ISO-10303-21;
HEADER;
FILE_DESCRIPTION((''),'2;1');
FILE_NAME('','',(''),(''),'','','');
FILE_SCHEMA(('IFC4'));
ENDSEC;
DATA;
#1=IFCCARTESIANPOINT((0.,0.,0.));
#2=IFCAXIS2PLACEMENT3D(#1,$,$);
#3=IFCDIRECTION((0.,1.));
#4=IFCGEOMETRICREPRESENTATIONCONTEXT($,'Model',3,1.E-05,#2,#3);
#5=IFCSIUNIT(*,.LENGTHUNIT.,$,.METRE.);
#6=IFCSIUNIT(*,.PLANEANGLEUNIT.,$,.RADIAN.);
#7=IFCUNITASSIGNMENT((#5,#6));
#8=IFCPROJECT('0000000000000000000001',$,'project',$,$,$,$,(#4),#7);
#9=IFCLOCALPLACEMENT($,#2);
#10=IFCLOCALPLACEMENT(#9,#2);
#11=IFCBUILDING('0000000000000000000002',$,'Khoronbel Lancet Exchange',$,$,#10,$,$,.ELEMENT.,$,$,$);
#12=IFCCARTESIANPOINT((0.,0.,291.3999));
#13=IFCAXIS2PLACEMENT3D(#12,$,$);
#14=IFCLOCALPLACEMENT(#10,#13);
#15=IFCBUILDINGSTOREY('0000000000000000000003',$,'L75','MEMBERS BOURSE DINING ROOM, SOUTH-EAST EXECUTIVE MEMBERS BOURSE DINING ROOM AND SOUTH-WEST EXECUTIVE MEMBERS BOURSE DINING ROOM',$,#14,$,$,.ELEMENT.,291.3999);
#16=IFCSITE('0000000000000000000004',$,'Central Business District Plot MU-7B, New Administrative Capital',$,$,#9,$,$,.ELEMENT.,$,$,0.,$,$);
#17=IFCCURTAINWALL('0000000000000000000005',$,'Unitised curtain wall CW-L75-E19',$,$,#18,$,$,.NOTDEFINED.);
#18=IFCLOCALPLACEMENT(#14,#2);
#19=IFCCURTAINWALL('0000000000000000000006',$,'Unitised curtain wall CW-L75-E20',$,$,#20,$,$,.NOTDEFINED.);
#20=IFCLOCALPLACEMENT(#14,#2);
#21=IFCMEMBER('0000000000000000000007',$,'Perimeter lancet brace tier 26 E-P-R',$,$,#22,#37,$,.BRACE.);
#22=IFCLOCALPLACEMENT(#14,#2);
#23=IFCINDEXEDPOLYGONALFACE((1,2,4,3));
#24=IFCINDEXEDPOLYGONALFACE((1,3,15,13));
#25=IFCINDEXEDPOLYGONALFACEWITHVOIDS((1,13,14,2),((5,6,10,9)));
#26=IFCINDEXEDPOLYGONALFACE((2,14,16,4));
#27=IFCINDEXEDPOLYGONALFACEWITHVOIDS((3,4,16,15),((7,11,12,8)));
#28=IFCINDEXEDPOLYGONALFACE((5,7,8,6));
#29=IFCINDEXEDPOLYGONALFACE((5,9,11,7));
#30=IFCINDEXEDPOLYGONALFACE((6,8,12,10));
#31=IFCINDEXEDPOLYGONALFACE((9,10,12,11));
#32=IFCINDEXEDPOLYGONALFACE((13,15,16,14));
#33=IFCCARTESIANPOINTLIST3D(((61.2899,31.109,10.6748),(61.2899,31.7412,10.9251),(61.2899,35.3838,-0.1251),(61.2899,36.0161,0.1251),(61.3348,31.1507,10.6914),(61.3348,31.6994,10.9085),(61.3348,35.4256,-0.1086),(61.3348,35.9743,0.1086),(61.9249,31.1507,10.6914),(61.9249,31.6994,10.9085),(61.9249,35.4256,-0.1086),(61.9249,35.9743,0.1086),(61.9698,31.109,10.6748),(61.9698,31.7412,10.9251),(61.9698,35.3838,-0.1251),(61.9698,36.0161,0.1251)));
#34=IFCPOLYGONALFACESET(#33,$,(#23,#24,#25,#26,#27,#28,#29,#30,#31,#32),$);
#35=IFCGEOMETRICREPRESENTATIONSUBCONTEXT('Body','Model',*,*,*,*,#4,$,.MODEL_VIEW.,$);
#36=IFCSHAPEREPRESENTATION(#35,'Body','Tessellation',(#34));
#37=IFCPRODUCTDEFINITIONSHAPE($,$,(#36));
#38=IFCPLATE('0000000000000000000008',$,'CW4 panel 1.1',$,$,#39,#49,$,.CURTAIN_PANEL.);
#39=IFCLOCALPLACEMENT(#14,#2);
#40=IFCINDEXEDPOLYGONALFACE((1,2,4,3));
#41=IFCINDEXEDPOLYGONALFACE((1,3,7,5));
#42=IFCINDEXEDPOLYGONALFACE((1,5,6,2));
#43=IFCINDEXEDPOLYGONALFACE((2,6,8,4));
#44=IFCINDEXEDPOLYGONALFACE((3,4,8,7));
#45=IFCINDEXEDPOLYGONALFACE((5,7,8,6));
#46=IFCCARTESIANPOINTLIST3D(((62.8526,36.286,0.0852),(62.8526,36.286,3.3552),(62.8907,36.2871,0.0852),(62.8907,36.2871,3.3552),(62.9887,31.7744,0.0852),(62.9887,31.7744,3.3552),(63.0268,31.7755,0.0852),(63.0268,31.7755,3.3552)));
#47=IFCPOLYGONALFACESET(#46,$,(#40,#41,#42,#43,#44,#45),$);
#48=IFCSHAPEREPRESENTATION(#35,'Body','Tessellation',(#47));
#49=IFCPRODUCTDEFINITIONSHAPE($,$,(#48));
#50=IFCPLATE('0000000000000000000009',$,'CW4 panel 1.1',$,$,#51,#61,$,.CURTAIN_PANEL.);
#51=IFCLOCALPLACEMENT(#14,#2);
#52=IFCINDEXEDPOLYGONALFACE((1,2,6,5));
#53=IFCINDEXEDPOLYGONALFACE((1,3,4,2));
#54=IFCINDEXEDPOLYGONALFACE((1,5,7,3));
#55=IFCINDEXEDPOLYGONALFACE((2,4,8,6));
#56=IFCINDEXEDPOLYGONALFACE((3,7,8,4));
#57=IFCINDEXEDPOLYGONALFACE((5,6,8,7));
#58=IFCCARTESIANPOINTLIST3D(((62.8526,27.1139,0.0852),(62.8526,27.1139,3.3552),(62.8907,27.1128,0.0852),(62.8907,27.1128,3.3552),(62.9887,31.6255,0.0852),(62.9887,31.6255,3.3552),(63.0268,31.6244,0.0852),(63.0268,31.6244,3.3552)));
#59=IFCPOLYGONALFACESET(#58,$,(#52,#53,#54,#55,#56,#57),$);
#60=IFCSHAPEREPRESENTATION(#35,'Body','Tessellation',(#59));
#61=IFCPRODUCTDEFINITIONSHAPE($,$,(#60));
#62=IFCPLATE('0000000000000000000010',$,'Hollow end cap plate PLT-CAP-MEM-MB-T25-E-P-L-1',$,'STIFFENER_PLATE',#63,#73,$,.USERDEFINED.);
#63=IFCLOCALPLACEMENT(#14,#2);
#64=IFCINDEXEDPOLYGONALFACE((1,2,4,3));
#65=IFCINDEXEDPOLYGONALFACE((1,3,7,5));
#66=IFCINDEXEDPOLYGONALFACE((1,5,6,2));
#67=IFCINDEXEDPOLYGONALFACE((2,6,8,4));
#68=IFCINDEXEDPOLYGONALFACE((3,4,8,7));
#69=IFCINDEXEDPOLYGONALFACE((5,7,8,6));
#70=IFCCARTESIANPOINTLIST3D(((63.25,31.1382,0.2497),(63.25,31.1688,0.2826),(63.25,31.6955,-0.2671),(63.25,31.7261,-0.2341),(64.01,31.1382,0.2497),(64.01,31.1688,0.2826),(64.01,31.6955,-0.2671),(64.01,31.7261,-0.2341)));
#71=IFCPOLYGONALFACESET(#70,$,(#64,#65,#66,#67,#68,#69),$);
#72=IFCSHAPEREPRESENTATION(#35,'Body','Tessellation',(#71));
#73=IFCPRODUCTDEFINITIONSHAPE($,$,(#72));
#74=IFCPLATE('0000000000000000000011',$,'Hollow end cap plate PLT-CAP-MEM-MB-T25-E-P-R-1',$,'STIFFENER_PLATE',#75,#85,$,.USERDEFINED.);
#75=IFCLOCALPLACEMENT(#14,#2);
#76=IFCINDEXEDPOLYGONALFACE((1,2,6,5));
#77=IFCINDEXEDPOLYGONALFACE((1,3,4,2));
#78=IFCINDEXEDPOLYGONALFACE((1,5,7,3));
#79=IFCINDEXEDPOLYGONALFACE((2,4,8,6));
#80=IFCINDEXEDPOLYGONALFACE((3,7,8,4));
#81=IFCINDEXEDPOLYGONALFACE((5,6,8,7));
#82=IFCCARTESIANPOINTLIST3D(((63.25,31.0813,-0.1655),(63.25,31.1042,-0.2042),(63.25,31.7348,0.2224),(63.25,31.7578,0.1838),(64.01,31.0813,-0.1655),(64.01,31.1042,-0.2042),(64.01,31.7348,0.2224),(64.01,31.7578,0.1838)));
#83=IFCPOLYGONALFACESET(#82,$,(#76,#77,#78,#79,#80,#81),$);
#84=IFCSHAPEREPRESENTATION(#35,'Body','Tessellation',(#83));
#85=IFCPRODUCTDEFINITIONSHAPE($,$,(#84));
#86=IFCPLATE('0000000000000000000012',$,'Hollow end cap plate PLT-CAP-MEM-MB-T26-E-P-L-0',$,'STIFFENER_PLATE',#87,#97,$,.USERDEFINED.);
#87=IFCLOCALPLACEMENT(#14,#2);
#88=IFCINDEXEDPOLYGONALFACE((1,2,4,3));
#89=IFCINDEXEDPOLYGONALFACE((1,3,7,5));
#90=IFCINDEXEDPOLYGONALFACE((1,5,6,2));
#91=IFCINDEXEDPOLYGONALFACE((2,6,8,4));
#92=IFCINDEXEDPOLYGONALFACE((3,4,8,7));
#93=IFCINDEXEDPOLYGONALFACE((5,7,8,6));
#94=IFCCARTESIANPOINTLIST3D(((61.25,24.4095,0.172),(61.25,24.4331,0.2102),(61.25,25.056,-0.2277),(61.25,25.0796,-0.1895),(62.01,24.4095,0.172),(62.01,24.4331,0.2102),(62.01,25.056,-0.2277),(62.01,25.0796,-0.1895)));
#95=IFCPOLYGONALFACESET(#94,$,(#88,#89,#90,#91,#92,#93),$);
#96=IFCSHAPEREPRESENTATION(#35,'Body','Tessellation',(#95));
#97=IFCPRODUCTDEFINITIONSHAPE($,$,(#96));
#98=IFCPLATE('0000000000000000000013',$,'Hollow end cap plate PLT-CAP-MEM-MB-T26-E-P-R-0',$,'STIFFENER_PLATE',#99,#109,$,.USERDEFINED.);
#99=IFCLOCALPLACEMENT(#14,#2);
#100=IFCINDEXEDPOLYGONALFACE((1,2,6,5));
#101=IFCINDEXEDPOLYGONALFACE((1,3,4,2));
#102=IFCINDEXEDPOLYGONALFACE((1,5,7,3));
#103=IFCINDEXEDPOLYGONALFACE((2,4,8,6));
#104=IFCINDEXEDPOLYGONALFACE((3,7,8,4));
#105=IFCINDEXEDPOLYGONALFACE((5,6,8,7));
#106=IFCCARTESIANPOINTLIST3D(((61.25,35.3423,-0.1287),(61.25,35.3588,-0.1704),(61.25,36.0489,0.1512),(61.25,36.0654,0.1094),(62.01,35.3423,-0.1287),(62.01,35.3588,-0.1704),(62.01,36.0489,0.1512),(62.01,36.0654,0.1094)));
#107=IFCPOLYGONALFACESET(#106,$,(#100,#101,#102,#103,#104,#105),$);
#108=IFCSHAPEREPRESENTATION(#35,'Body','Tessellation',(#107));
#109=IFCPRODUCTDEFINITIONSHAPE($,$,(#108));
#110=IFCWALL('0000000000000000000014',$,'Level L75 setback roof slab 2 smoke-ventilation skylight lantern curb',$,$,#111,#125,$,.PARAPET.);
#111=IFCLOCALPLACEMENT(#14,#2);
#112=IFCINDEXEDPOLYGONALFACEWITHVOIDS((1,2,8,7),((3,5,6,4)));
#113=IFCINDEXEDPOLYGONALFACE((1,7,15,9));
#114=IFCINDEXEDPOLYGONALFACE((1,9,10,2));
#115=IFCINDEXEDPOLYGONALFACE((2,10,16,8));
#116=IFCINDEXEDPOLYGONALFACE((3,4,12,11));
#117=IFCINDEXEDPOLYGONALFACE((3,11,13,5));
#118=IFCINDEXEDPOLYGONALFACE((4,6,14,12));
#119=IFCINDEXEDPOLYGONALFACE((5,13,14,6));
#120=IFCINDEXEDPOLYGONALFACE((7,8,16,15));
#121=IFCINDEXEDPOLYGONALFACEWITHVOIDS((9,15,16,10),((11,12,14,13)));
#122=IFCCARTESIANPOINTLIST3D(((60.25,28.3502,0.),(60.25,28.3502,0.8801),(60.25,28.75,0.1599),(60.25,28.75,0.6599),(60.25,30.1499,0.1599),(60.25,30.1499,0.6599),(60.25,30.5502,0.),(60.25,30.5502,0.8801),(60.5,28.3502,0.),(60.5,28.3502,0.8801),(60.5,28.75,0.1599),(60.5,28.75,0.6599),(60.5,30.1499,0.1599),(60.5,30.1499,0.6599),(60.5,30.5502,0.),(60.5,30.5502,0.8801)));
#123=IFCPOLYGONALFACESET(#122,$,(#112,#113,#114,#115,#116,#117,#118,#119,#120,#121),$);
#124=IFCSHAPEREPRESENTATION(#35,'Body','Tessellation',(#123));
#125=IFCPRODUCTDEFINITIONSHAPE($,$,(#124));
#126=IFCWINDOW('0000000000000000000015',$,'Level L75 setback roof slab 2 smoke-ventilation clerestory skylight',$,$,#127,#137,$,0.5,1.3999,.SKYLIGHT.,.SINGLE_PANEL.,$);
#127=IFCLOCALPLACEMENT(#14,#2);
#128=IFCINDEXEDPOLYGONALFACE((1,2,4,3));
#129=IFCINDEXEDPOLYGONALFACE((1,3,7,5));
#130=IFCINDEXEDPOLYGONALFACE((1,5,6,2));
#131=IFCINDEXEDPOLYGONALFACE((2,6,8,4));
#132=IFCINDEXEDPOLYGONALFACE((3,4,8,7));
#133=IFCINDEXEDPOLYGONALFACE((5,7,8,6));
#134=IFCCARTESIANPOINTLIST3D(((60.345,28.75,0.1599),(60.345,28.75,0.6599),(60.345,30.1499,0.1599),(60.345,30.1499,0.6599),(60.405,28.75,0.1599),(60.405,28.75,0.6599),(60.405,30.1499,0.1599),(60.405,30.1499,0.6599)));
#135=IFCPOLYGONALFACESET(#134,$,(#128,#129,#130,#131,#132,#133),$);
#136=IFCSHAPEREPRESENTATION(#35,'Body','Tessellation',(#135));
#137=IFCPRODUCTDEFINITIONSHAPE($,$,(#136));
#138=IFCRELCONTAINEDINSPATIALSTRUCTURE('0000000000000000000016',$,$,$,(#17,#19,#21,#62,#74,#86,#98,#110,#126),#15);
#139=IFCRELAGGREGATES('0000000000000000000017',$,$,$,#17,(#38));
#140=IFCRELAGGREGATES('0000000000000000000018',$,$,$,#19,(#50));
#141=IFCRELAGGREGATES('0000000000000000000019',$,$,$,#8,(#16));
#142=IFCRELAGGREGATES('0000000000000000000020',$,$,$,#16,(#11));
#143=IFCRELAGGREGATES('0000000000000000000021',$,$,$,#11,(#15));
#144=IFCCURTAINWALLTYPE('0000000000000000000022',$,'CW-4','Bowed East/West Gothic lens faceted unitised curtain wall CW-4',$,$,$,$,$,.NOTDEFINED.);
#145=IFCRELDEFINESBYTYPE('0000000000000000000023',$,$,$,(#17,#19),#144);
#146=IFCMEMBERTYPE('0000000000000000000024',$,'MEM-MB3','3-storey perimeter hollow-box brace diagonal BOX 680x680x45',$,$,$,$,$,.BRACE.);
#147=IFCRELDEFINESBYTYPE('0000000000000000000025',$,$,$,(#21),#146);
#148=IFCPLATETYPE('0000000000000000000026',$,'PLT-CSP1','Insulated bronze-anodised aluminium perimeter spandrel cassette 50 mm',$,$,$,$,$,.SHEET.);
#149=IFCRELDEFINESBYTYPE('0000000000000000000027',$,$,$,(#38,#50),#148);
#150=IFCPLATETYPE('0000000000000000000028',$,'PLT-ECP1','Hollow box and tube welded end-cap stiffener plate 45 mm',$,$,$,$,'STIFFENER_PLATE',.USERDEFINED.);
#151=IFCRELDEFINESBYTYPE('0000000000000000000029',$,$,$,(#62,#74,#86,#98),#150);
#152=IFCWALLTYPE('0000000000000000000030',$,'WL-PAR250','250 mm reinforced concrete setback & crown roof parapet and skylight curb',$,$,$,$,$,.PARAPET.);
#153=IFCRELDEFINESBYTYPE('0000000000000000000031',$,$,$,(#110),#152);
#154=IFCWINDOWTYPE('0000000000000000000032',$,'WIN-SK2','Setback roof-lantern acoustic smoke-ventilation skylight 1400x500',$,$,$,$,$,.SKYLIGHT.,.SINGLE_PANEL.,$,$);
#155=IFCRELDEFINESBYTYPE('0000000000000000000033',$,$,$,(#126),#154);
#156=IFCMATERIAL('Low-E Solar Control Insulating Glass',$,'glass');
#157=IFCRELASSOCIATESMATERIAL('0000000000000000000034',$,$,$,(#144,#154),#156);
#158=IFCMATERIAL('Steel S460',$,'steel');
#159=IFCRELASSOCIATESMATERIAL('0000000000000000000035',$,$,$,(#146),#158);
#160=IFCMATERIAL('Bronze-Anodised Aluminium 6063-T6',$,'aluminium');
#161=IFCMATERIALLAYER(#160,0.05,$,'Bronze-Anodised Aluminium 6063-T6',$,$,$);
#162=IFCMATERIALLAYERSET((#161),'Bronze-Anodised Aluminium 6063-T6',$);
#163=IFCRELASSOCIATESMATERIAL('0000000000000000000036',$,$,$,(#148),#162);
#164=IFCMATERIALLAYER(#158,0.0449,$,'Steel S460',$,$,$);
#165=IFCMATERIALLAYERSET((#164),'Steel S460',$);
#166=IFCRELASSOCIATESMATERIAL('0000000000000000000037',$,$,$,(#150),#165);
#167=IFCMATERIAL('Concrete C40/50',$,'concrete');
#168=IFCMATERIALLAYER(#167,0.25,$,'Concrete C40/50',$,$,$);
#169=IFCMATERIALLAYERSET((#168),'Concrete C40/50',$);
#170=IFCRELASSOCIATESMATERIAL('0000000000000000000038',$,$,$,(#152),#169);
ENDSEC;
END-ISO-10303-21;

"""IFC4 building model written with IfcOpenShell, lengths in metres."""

from ifc_helpers import new_model, si_unit, direction, frame, frame_2d, origin, origin_2d, place, context, subcontext, project, spatial, polyline, rectangle, hollow_rectangle, outline, extrude, material, layer, layer_set, material_profile, profile_set, type_object, element, fill, aggregate, save


model = new_model("IFC4")

# Units and contexts
model_context = context("Model", 3, precision=1e-05, world=origin(), true_north=direction((0.0, 1.0)))
body_context = subcontext(model_context, "Body", "Model", "MODEL_VIEW")
ifc_project = project(units=[si_unit("LENGTHUNIT", "METRE"), si_unit("PLANEANGLEUNIT", "RADIAN")], contexts=[model_context])

# Site, building, storey
site_placement = place(None, origin())
site = spatial("IfcSite", under=ifc_project, at=site_placement, Name="Central Business District Plot MU-7B, New Administrative Capital", CompositionType="ELEMENT", RefElevation=0.0)
building_placement = place(site_placement, origin())
building = spatial("IfcBuilding", under=site, at=building_placement, Name="Khoronbel Lancet Exchange", CompositionType="ELEMENT")
storey_placement = place(building_placement, frame((0.0, 0.0, 291.3999)))
storey = spatial("IfcBuildingStorey", under=building, at=storey_placement, Name="L75", Description="MEMBERS BOURSE DINING ROOM, SOUTH-EAST EXECUTIVE MEMBERS BOURSE DINING ROOM AND SOUTH-WEST EXECUTIVE MEMBERS BOURSE DINING ROOM", CompositionType="ELEMENT", Elevation=291.3999)

# Curtain wall
ifc_material_1 = material(Name="Low-E Solar Control Insulating Glass", Category="glass")
curtain_wall_type = type_object("IfcCurtainWallType", Name="CW-4", Description="Bowed East/West Gothic lens faceted unitised curtain wall CW-4", PredefinedType="NOTDEFINED", material=ifc_material_1)
curtain_wall_1_placement = place(storey_placement, origin())
curtain_wall_1 = element("IfcCurtainWall", 1, at=curtain_wall_1_placement, inside=storey, type_object=curtain_wall_type, Name="Unitised curtain wall CW-L75-E19", PredefinedType="NOTDEFINED")
ifc_material_2 = material(Name="Bronze-Anodised Aluminium 6063-T6", Category="aluminium")

# Curtain wall
curtain_wall_2_placement = place(storey_placement, origin())
curtain_wall_2 = element("IfcCurtainWall", 2, at=curtain_wall_2_placement, inside=storey, type_object=curtain_wall_type, Name="Unitised curtain wall CW-L75-E20", PredefinedType="NOTDEFINED")

# Member
ifc_material_3 = material(Name="Steel S460", Category="steel")
ifc_material_profile_1 = material_profile(ifc_material_3, hollow_rectangle(XDim=0.6799, YDim=0.6799, WallThickness=0.0449, at=origin_2d()), Name="BOX 680x680x45")
ifc_profile_set_1 = profile_set([ifc_material_profile_1], Name="Steel S460")
member_type_1 = type_object("IfcMemberType", Name="MEM-MB3", Description="3-storey perimeter hollow-box brace diagonal BOX 680x680x45", PredefinedType="BRACE", material=ifc_profile_set_1)
member_1_placement = place(storey_placement, frame((61.6299, 35.7, 0.0), z_axis=(0.0, -0.36804, 0.92981), x_axis=(1.0, 0.0, 0.0)))
element("IfcMember", 3, at=member_1_placement, inside=storey, type_object=member_type_1, Name="Perimeter lancet brace tier 26 E-P-R", PredefinedType="BRACE", context=body_context, shape_type="SweptSolid", body=[
    extrude(hollow_rectangle(XDim=0.6799, YDim=0.6799, WallThickness=0.0449, at=origin_2d()), origin(), (0.0, 0.0, 1.0), 11.6152),
])

# Plates
ifc_layer_1 = layer(ifc_material_2, 0.05, Name="Bronze-Anodised Aluminium 6063-T6")
ifc_layer_set_1 = layer_set([ifc_layer_1], Name="Bronze-Anodised Aluminium 6063-T6")
plate_type_1 = type_object("IfcPlateType", Name="PLT-CSP1", Description="Insulated bronze-anodised aluminium perimeter spandrel cassette 50 mm", PredefinedType="SHEET", material=ifc_layer_set_1)
plate_1_placement = place(storey_placement, frame((62.9397, 34.0308, 0.0852), z_axis=(0.0, 0.0, 1.0), x_axis=(0.030148, -0.999545, 0.0)))
plate_1 = element("IfcPlate", 4, at=plate_1_placement, type_object=plate_type_1, Name="CW4 panel 1.1", PredefinedType="CURTAIN_PANEL", context=body_context, shape_type="SweptSolid", body=[
    extrude(rectangle(XDim=4.5137, YDim=0.0381, at=origin_2d()), origin(), (0.0, 0.0, 1.0), 3.27),
])
aggregate(curtain_wall_1, [plate_1])
plate_2_placement = place(storey_placement, frame((62.9397, 29.3691, 0.0852), z_axis=(0.0, 0.0, 1.0), x_axis=(-0.030148, -0.999545, 0.0)))
plate_2 = element("IfcPlate", 5, at=plate_2_placement, type_object=plate_type_1, Name="CW4 panel 1.1", PredefinedType="CURTAIN_PANEL", context=body_context, shape_type="SweptSolid", body=[
    extrude(rectangle(XDim=4.5137, YDim=0.0381, at=origin_2d()), origin(), (0.0, 0.0, 1.0), 3.27),
])
aggregate(curtain_wall_2, [plate_2])

# Plates
ifc_layer_2 = layer(ifc_material_3, 0.0449, Name="Steel S460")
ifc_layer_set_2 = layer_set([ifc_layer_2], Name="Steel S460")
plate_type_2 = type_object("IfcPlateType", Name="PLT-ECP1", Description="Hollow box and tube welded end-cap stiffener plate 45 mm", ElementType="STIFFENER_PLATE", PredefinedType="USERDEFINED", material=ifc_layer_set_2)
for number, where, z_axis, x_axis, name in (
    (6, (64.01, 31.7261, -0.2341), (0.0, 0.679946, 0.733262), (-1.0, 0.0, 0.0), "Hollow end cap plate PLT-CAP-MEM-MB-T25-E-P-L-1"),
    (7, (63.25, 31.0813, -0.1655), (0.0, -0.510427, 0.859921), (1.0, 0.0, 0.0), "Hollow end cap plate PLT-CAP-MEM-MB-T25-E-P-R-1"),
    (8, (62.01, 25.0796, -0.1895), (0.0, 0.525835, 0.850587), (-1.0, 0.0, 0.0), "Hollow end cap plate PLT-CAP-MEM-MB-T26-E-P-L-0"),
    (9, (61.25, 35.3423, -0.1287), (0.0, -0.368176, 0.929756), (1.0, 0.0, 0.0), "Hollow end cap plate PLT-CAP-MEM-MB-T26-E-P-R-0"),
):
    element("IfcPlate", number, at=place(storey_placement, frame(where, z_axis=z_axis, x_axis=x_axis)), inside=storey, type_object=plate_type_2, Name=name, ObjectType="STIFFENER_PLATE", PredefinedType="USERDEFINED", context=body_context, shape_type="SweptSolid", body=[
        extrude(outline(polyline([(0.0, 0.0), (0.76, 0.0), (0.76, 0.76), (0.0, 0.76), (0.0, 0.0)])), origin(), (0.0, 0.0, -1.0), 0.0449),
    ])

# Wall, opening, window
ifc_material_4 = material(Name="Concrete C40/50", Category="concrete")
ifc_layer_3 = layer(ifc_material_4, 0.25, Name="Concrete C40/50")
ifc_layer_set_3 = layer_set([ifc_layer_3], Name="Concrete C40/50")
wall_type = type_object("IfcWallType", Name="WL-PAR250", Description="250 mm reinforced concrete setback & crown roof parapet and skylight curb", PredefinedType="PARAPET", material=ifc_layer_set_3)
wall_placement = place(storey_placement, frame((60.375, 28.3501, 0.0), z_axis=(0.0, 0.0, 1.0), x_axis=(0.0, 1.0, 0.0)))
wall = element("IfcWall", 10, at=wall_placement, inside=storey, type_object=wall_type, Name="Level L75 setback roof slab 2 smoke-ventilation skylight lantern curb", PredefinedType="PARAPET", context=body_context, shape_type="SweptSolid", body=[
    extrude(rectangle(XDim=2.2, YDim=0.25, at=frame_2d((1.1001, 0.0))), origin(), (0.0, 0.0, 1.0), 0.8801),
])
opening_placement = place(wall_placement, frame((0.3999, 0.0, 0.1599)))
opening = element("IfcOpeningElement", 11, at=opening_placement, cuts=wall, PredefinedType="OPENING", context=body_context, shape_type="SweptSolid", body=[
    extrude(rectangle(XDim=1.3999, YDim=0.5, at=frame_2d((0.7, 0.25))), frame((0.0, 0.135, 0.0), z_axis=(0.0, -1.0, 0.0), x_axis=(1.0, 0.0, 0.0)), (0.0, 0.0, 1.0), 0.27),
])
window_type = type_object("IfcWindowType", Name="WIN-SK2", Description="Setback roof-lantern acoustic smoke-ventilation skylight 1400x500", PartitioningType="SINGLE_PANEL", PredefinedType="SKYLIGHT", material=ifc_material_1)
window_placement = place(opening_placement, origin())
window = element("IfcWindow", 12, at=window_placement, inside=storey, type_object=window_type, Name="Level L75 setback roof slab 2 smoke-ventilation clerestory skylight", OverallHeight=0.5, OverallWidth=1.3999, PartitioningType="SINGLE_PANEL", PredefinedType="SKYLIGHT", context=body_context, shape_type="SweptSolid", body=[
    extrude(rectangle(XDim=1.3999, YDim=0.5, at=frame_2d((0.7, 0.25))), frame((0.0, 0.03, 0.0), z_axis=(0.0, -1.0, 0.0), x_axis=(1.0, 0.0, 0.0)), (0.0, 0.0, 1.0), 0.0601),
])
fill(opening, window)

save(model, "model.ifc")
